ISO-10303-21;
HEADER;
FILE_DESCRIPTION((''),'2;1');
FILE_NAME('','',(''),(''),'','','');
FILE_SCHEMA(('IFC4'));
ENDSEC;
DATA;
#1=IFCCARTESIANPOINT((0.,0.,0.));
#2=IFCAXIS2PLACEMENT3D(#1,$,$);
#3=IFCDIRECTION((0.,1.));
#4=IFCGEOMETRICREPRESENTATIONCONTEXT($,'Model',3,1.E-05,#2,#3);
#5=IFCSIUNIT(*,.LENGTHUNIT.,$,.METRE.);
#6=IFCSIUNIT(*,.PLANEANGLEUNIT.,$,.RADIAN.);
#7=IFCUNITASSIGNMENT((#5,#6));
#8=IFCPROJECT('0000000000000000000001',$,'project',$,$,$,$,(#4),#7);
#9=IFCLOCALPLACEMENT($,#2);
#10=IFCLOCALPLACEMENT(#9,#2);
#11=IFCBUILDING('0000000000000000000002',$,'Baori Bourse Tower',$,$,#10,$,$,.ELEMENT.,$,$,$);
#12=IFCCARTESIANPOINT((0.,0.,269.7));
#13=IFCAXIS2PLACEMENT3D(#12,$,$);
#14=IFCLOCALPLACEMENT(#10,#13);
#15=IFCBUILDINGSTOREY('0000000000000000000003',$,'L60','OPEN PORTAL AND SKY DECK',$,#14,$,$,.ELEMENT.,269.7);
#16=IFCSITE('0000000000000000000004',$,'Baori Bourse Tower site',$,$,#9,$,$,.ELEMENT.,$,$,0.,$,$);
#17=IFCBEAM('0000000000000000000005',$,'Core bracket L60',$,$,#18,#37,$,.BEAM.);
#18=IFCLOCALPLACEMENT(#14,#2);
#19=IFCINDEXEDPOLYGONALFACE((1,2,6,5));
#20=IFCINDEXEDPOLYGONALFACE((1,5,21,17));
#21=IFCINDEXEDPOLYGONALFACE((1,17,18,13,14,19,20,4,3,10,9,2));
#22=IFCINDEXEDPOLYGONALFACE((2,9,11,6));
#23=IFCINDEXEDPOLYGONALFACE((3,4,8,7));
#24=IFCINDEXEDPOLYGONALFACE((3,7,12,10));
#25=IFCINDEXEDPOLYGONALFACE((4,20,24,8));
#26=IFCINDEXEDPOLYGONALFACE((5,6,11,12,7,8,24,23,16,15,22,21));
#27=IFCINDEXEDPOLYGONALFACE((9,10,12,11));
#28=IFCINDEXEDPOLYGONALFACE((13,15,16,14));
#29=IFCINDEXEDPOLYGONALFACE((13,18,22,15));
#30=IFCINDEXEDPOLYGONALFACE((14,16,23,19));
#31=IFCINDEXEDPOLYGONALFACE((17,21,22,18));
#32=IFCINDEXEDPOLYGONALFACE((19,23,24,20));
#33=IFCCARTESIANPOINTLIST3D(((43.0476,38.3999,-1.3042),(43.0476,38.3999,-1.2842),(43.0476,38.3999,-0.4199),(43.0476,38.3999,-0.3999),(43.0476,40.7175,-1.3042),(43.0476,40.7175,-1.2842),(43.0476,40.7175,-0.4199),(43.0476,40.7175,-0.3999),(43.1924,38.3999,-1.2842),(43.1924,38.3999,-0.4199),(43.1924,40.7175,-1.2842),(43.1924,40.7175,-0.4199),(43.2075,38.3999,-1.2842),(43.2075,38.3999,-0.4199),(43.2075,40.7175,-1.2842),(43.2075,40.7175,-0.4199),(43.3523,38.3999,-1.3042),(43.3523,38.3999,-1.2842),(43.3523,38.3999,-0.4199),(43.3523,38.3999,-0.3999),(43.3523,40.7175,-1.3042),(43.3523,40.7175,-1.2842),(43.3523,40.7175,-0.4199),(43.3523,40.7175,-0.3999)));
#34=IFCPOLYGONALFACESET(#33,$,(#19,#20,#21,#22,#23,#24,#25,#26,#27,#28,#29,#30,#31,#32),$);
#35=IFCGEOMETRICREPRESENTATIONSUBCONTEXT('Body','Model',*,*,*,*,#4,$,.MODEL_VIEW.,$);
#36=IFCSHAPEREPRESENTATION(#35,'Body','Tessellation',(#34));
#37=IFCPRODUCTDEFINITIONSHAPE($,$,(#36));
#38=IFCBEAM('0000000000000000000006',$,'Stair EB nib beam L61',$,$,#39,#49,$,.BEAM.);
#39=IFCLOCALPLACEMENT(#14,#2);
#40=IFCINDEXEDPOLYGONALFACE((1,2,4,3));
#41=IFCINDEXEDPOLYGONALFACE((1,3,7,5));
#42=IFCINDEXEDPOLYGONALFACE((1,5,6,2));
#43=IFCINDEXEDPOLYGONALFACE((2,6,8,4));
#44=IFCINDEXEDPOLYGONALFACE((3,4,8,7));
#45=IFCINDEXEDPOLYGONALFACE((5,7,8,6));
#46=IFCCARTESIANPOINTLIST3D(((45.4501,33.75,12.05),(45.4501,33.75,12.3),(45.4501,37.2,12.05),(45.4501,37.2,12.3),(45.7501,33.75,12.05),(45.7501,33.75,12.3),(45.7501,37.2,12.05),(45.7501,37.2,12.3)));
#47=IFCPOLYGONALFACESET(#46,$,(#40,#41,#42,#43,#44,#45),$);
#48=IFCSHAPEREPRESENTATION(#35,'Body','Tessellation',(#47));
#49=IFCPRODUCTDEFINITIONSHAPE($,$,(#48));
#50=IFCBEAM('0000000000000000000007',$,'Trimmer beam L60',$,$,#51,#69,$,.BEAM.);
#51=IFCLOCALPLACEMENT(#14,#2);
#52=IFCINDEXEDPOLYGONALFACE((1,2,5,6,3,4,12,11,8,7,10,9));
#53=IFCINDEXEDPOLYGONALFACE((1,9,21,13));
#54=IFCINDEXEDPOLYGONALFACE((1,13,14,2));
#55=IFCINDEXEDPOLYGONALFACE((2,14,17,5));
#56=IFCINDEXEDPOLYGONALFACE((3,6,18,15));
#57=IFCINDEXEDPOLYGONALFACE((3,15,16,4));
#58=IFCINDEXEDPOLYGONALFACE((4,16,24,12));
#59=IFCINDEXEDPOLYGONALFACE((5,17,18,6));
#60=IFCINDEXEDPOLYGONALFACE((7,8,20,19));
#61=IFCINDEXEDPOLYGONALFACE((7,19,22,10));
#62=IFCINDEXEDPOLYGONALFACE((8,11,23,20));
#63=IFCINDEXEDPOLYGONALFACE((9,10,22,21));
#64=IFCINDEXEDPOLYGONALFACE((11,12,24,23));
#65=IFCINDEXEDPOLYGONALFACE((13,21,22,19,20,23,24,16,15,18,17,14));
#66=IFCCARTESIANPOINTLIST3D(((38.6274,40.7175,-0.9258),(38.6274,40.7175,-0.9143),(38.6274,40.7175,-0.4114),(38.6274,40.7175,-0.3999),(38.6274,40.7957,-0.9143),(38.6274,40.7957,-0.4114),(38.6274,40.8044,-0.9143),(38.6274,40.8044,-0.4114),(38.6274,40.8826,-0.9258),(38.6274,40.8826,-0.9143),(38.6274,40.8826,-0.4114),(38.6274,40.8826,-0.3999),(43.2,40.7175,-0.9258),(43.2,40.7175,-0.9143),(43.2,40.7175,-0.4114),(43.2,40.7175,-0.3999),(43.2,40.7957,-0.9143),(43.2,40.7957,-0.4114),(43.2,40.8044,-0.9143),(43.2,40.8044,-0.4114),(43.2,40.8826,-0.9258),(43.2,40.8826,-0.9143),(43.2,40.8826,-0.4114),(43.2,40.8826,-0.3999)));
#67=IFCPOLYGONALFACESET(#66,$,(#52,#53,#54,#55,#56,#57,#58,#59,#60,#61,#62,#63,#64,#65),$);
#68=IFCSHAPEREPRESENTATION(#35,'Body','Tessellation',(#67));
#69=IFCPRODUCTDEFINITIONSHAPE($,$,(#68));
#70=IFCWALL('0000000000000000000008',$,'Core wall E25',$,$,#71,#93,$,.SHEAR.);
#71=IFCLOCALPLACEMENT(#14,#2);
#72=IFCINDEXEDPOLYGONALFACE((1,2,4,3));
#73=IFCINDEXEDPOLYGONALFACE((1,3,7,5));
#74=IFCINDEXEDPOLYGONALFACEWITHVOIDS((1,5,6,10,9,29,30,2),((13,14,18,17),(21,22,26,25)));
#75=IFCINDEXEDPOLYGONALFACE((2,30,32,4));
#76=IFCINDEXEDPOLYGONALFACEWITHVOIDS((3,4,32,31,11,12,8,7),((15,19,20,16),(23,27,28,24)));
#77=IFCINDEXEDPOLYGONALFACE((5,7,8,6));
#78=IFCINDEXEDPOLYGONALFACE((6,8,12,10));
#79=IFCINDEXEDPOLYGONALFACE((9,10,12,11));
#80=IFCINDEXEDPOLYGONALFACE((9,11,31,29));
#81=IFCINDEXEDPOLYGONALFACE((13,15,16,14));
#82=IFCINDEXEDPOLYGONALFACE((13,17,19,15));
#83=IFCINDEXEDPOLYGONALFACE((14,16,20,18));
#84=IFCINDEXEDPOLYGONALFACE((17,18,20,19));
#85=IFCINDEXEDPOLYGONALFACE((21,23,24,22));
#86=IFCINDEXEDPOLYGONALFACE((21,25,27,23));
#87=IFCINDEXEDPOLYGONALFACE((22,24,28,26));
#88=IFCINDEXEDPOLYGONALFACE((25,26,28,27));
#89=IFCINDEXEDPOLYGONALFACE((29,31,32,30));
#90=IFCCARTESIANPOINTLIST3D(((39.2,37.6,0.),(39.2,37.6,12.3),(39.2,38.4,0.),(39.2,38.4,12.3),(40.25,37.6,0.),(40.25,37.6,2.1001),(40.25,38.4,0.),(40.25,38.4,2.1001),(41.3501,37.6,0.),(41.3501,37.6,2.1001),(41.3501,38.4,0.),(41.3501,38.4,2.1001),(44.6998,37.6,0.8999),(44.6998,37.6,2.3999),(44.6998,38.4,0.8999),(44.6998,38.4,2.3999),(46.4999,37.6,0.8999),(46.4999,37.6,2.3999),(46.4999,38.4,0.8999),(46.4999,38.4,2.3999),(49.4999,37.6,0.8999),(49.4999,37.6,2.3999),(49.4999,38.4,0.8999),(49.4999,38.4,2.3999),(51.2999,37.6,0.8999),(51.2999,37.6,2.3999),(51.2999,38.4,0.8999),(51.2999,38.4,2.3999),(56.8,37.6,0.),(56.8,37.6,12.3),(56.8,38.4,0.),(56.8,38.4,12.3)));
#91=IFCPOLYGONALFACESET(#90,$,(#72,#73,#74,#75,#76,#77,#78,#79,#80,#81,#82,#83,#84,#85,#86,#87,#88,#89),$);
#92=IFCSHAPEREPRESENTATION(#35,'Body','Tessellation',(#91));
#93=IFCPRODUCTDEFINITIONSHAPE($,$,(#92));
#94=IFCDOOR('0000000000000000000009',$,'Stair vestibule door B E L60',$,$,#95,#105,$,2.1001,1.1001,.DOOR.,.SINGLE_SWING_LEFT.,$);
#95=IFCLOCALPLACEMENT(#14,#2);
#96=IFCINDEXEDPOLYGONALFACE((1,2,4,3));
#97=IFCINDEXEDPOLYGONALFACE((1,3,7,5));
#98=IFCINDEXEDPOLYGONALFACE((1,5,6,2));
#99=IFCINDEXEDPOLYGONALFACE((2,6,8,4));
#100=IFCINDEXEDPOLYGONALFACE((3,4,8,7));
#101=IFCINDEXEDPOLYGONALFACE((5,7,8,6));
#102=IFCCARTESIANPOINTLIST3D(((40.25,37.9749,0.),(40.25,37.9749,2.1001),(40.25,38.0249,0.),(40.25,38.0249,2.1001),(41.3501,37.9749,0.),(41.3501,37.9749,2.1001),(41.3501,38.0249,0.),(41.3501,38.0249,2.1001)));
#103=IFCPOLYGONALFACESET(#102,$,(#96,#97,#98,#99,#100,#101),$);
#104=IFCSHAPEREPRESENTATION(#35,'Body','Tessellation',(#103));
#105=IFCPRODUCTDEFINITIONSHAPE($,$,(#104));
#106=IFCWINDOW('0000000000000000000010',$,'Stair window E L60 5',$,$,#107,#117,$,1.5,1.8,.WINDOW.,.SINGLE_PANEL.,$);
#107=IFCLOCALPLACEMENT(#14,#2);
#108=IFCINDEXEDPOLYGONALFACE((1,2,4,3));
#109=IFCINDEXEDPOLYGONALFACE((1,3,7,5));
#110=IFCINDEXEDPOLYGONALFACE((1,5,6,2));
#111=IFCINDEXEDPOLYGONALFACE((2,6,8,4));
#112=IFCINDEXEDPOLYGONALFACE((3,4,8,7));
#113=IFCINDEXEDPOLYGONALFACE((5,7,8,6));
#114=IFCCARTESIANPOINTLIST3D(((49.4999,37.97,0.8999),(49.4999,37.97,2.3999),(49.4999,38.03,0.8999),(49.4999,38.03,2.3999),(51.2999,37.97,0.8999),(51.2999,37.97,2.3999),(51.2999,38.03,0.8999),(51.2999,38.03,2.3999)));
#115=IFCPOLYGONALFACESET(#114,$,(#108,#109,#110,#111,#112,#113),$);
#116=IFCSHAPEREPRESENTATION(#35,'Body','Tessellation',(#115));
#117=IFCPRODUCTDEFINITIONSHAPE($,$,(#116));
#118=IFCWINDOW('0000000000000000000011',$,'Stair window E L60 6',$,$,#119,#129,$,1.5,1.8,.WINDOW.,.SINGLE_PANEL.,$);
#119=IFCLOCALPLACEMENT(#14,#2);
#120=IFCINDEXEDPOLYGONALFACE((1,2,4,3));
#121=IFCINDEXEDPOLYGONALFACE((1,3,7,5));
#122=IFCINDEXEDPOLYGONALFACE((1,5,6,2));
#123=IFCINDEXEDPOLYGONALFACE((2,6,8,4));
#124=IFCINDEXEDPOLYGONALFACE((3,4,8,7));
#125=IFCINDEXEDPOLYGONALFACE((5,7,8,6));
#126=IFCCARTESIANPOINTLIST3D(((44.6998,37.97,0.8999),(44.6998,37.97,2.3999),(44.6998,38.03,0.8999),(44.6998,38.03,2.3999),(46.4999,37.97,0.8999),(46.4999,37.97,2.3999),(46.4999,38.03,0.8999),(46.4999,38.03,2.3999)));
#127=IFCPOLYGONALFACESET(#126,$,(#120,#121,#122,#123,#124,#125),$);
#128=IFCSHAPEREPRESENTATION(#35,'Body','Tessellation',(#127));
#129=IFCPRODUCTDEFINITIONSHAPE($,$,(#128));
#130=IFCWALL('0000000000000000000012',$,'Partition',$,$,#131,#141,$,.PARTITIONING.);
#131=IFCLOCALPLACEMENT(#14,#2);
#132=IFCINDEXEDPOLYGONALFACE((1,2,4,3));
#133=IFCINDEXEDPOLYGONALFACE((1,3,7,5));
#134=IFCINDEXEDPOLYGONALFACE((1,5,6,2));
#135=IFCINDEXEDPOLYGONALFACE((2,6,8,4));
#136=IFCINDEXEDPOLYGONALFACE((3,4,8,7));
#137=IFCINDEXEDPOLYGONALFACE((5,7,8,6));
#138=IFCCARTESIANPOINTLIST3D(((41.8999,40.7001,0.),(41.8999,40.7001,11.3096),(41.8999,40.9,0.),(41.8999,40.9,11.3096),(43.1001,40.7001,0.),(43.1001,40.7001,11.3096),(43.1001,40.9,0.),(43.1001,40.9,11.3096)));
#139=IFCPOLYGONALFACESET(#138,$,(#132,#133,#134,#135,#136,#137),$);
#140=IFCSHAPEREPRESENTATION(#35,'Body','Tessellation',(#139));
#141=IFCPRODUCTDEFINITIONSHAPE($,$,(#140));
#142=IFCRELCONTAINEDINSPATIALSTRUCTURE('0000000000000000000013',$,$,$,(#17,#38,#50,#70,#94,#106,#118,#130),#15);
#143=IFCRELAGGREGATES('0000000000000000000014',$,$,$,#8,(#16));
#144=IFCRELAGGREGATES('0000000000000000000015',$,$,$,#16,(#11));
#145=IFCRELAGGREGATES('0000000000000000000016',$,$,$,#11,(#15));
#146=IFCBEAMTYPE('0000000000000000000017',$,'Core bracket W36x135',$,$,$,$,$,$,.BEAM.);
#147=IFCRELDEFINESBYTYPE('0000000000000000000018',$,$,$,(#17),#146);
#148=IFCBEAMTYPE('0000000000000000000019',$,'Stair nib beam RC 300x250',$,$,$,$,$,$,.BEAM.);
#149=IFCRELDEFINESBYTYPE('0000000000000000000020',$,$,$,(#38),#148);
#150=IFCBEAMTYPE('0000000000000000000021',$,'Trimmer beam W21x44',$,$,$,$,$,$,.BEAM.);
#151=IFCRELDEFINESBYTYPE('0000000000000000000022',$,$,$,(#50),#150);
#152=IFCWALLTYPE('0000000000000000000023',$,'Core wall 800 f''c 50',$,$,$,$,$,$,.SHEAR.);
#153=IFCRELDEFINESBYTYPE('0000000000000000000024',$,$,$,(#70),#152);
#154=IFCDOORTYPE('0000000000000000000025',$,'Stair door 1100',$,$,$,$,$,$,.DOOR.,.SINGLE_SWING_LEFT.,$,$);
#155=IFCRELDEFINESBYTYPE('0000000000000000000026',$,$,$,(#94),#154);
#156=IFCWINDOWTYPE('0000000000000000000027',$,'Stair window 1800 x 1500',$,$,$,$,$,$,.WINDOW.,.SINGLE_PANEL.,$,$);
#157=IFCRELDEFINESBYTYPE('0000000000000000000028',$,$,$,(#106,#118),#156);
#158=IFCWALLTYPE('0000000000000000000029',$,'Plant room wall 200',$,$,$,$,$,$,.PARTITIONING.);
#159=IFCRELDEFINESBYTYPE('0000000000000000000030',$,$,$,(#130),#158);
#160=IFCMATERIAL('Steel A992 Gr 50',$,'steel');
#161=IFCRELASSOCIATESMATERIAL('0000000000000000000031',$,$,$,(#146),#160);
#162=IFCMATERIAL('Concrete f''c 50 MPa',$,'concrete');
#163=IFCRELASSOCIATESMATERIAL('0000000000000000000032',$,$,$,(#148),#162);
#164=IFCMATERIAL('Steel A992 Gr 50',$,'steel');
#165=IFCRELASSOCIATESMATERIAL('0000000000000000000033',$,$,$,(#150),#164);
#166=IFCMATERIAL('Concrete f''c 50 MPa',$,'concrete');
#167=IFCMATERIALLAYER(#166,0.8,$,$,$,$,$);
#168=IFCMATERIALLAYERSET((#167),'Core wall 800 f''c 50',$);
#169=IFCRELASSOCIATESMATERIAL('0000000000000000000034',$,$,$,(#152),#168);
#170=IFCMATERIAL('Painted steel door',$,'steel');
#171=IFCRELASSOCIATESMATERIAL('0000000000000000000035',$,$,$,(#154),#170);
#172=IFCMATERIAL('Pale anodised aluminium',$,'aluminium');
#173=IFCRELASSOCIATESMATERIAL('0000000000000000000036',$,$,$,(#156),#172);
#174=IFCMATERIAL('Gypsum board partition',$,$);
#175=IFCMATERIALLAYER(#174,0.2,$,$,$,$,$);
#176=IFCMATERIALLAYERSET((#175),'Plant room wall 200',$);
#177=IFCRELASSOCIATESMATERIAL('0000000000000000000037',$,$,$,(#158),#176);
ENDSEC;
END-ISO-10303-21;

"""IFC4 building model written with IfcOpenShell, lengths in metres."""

from ifc_helpers import new_model, si_unit, direction, frame, frame_2d, origin, origin_2d, place, context, subcontext, project, spatial, rectangle, i_section, extrude, material, layer, layer_set, material_profile, profile_set, type_object, element, fill, save


model = new_model("IFC4")

# Units and contexts
model_context = context("Model", 3, precision=1e-05, world=origin(), true_north=direction((0.0, 1.0)))
body_context = subcontext(model_context, "Body", "Model", "MODEL_VIEW")
ifc_project = project(units=[si_unit("LENGTHUNIT", "METRE"), si_unit("PLANEANGLEUNIT", "RADIAN")], contexts=[model_context])

# Site, building, storey
site_placement = place(None, origin())
site = spatial("IfcSite", under=ifc_project, at=site_placement, Name="Baori Bourse Tower site", CompositionType="ELEMENT", RefElevation=0.0)
building_placement = place(site_placement, origin())
building = spatial("IfcBuilding", under=site, at=building_placement, Name="Baori Bourse Tower", CompositionType="ELEMENT")
storey_placement = place(building_placement, frame((0.0, 0.0, 269.7)))
storey = spatial("IfcBuildingStorey", under=building, at=storey_placement, Name="L60", Description="OPEN PORTAL AND SKY DECK", CompositionType="ELEMENT", Elevation=269.7)

# Beams
ifc_material_1 = material(Name="Steel A992 Gr 50", Category="steel")
ifc_material_profile_1 = material_profile(ifc_material_1, i_section(OverallWidth=0.3047, OverallDepth=0.9043, WebThickness=0.0151, FlangeThickness=0.02, at=origin_2d()), Name="W36x135")
ifc_profile_set_1 = profile_set([ifc_material_profile_1], Name="Steel A992 Gr 50")
beam_type_1 = type_object("IfcBeamType", Name="Core bracket W36x135", PredefinedType="BEAM", material=ifc_profile_set_1)
beam_1_placement = place(storey_placement, frame((43.2, 38.3999, -0.8521), z_axis=(0.0, 1.0, 0.0), x_axis=(-1.0, 0.0, 0.0)))
element("IfcBeam", 1, at=beam_1_placement, inside=storey, type_object=beam_type_1, Name="Core bracket L60", PredefinedType="BEAM", context=body_context, shape_type="SweptSolid", body=[
    extrude(i_section(OverallWidth=0.3047, OverallDepth=0.9043, WebThickness=0.0151, FlangeThickness=0.02, at=origin_2d()), origin(), (0.0, 0.0, 1.0), 2.3176),
])
ifc_material_2 = material(Name="Concrete f'c 50 MPa", Category="concrete")
ifc_material_profile_2 = material_profile(ifc_material_2, rectangle(XDim=0.3, YDim=0.25, at=origin_2d()), Name="RC 300x250")
ifc_profile_set_2 = profile_set([ifc_material_profile_2], Name="Concrete f'c 50 MPa")
beam_type_2 = type_object("IfcBeamType", Name="Stair nib beam RC 300x250", PredefinedType="BEAM", material=ifc_profile_set_2)
beam_2_placement = place(storey_placement, frame((45.6001, 33.75, 12.175), z_axis=(0.0, 1.0, 0.0), x_axis=(-1.0, 0.0, 0.0)))
element("IfcBeam", 2, at=beam_2_placement, inside=storey, type_object=beam_type_2, Name="Stair EB nib beam L61", PredefinedType="BEAM", context=body_context, shape_type="SweptSolid", body=[
    extrude(rectangle(XDim=0.3, YDim=0.25, at=origin_2d()), origin(), (0.0, 0.0, 1.0), 3.45),
])
ifc_material_3 = material(Name="Steel A992 Gr 50", Category="steel")
ifc_material_profile_3 = material_profile(ifc_material_3, i_section(OverallWidth=0.165, OverallDepth=0.5259, WebThickness=0.0088, FlangeThickness=0.0115, at=origin_2d()), Name="W21x44")
ifc_profile_set_3 = profile_set([ifc_material_profile_3], Name="Steel A992 Gr 50")
beam_type_3 = type_object("IfcBeamType", Name="Trimmer beam W21x44", PredefinedType="BEAM", material=ifc_profile_set_3)
beam_3_placement = place(storey_placement, frame((38.6274, 40.8, -0.6628), z_axis=(1.0, 0.0, 0.0), x_axis=(0.0, 1.0, 0.0)))
element("IfcBeam", 3, at=beam_3_placement, inside=storey, type_object=beam_type_3, Name="Trimmer beam L60", PredefinedType="BEAM", context=body_context, shape_type="SweptSolid", body=[
    extrude(i_section(OverallWidth=0.165, OverallDepth=0.5259, WebThickness=0.0088, FlangeThickness=0.0115, at=origin_2d()), origin(), (0.0, 0.0, 1.0), 4.5725),
])

# Wall, openings, door, windows
ifc_material_4 = material(Name="Concrete f'c 50 MPa", Category="concrete")
ifc_layer_1 = layer(ifc_material_4, 0.8)
ifc_layer_set_1 = layer_set([ifc_layer_1], Name="Core wall 800 f'c 50")
wall_type_1 = type_object("IfcWallType", Name="Core wall 800 f'c 50", PredefinedType="SHEAR", material=ifc_layer_set_1)
wall_1_placement = place(storey_placement, frame((39.2, 38.0, 0.0), z_axis=(0.0, 0.0, 1.0), x_axis=(1.0, 0.0, 0.0)))
wall_1 = element("IfcWall", 4, at=wall_1_placement, inside=storey, type_object=wall_type_1, Name="Core wall E25", PredefinedType="SHEAR", context=body_context, shape_type="SweptSolid", body=[
    extrude(rectangle(XDim=17.6001, YDim=0.8, at=frame_2d((8.8, 0.0))), origin(), (0.0, 0.0, 1.0), 12.3),
])
opening_1_placement = place(wall_1_placement, frame((1.05, 0.0, 0.0)))
opening_1 = element("IfcOpeningElement", 5, at=opening_1_placement, cuts=wall_1, PredefinedType="OPENING", context=body_context, shape_type="SweptSolid", body=[
    extrude(rectangle(XDim=1.1001, YDim=2.1001, at=frame_2d((0.55, 1.05))), frame((0.0, 0.4099, 0.0), z_axis=(0.0, -1.0, 0.0), x_axis=(1.0, 0.0, 0.0)), (0.0, 0.0, 1.0), 0.8201),
])
opening_2_placement = place(wall_1_placement, frame((10.3, 0.0, 0.8999)))
opening_2 = element("IfcOpeningElement", 6, at=opening_2_placement, cuts=wall_1, PredefinedType="OPENING", context=body_context, shape_type="SweptSolid", body=[
    extrude(rectangle(XDim=1.8, YDim=1.5, at=frame_2d((0.8999, 0.75))), frame((0.0, 0.4099, 0.0), z_axis=(0.0, -1.0, 0.0), x_axis=(1.0, 0.0, 0.0)), (0.0, 0.0, 1.0), 0.8201),
])
opening_3_placement = place(wall_1_placement, frame((5.5, 0.0, 0.8999)))
opening_3 = element("IfcOpeningElement", 7, at=opening_3_placement, cuts=wall_1, PredefinedType="OPENING", context=body_context, shape_type="SweptSolid", body=[
    extrude(rectangle(XDim=1.8, YDim=1.5, at=frame_2d((0.8999, 0.75))), frame((0.0, 0.4099, 0.0), z_axis=(0.0, -1.0, 0.0), x_axis=(1.0, 0.0, 0.0)), (0.0, 0.0, 1.0), 0.8201),
])
ifc_material_5 = material(Name="Painted steel door", Category="steel")
door_type_1 = type_object("IfcDoorType", Name="Stair door 1100", OperationType="SINGLE_SWING_LEFT", PredefinedType="DOOR", material=ifc_material_5)
door_1_placement = place(opening_1_placement, origin())
door_1 = element("IfcDoor", 8, at=door_1_placement, inside=storey, type_object=door_type_1, Name="Stair vestibule door B E L60", OperationType="SINGLE_SWING_LEFT", OverallHeight=2.1001, OverallWidth=1.1001, PredefinedType="DOOR", context=body_context, shape_type="SweptSolid", body=[
    extrude(rectangle(XDim=1.1001, YDim=2.1001, at=frame_2d((0.55, 1.05))), frame((0.0, 0.0249, 0.0), z_axis=(0.0, -1.0, 0.0), x_axis=(1.0, 0.0, 0.0)), (0.0, 0.0, 1.0), 0.05),
])
fill(opening_1, door_1)
ifc_material_6 = material(Name="Pale anodised aluminium", Category="aluminium")
window_type = type_object("IfcWindowType", Name="Stair window 1800 x 1500", PartitioningType="SINGLE_PANEL", PredefinedType="WINDOW", material=ifc_material_6)
window_1_placement = place(opening_2_placement, origin())
window_1 = element("IfcWindow", 9, at=window_1_placement, inside=storey, type_object=window_type, Name="Stair window E L60 5", OverallHeight=1.5, OverallWidth=1.8, PartitioningType="SINGLE_PANEL", PredefinedType="WINDOW", context=body_context, shape_type="SweptSolid", body=[
    extrude(rectangle(XDim=1.8, YDim=1.5, at=frame_2d((0.8999, 0.75))), frame((0.0, 0.03, 0.0), z_axis=(0.0, -1.0, 0.0), x_axis=(1.0, 0.0, 0.0)), (0.0, 0.0, 1.0), 0.0601),
])
fill(opening_2, window_1)
window_2_placement = place(opening_3_placement, origin())
window_2 = element("IfcWindow", 10, at=window_2_placement, inside=storey, type_object=window_type, Name="Stair window E L60 6", OverallHeight=1.5, OverallWidth=1.8, PartitioningType="SINGLE_PANEL", PredefinedType="WINDOW", context=body_context, shape_type="SweptSolid", body=[
    extrude(rectangle(XDim=1.8, YDim=1.5, at=frame_2d((0.8999, 0.75))), frame((0.0, 0.03, 0.0), z_axis=(0.0, -1.0, 0.0), x_axis=(1.0, 0.0, 0.0)), (0.0, 0.0, 1.0), 0.0601),
])
fill(opening_3, window_2)

# Wall
ifc_material_7 = material(Name="Gypsum board partition")
ifc_layer_2 = layer(ifc_material_7, 0.2)
ifc_layer_set_2 = layer_set([ifc_layer_2], Name="Plant room wall 200")
wall_type_2 = type_object("IfcWallType", Name="Plant room wall 200", PredefinedType="PARTITIONING", material=ifc_layer_set_2)
wall_2_placement = place(storey_placement, frame((41.8999, 40.8, 0.0), z_axis=(0.0, 0.0, 1.0), x_axis=(1.0, 0.0, 0.0)))
element("IfcWall", 11, at=wall_2_placement, inside=storey, type_object=wall_type_2, Name="Partition", PredefinedType="PARTITIONING", context=body_context, shape_type="SweptSolid", body=[
    extrude(rectangle(XDim=1.2002, YDim=0.2, at=frame_2d((0.6001, 0.0))), origin(), (0.0, 0.0, 1.0), 11.3096),
])

save(model, "model.ifc")
